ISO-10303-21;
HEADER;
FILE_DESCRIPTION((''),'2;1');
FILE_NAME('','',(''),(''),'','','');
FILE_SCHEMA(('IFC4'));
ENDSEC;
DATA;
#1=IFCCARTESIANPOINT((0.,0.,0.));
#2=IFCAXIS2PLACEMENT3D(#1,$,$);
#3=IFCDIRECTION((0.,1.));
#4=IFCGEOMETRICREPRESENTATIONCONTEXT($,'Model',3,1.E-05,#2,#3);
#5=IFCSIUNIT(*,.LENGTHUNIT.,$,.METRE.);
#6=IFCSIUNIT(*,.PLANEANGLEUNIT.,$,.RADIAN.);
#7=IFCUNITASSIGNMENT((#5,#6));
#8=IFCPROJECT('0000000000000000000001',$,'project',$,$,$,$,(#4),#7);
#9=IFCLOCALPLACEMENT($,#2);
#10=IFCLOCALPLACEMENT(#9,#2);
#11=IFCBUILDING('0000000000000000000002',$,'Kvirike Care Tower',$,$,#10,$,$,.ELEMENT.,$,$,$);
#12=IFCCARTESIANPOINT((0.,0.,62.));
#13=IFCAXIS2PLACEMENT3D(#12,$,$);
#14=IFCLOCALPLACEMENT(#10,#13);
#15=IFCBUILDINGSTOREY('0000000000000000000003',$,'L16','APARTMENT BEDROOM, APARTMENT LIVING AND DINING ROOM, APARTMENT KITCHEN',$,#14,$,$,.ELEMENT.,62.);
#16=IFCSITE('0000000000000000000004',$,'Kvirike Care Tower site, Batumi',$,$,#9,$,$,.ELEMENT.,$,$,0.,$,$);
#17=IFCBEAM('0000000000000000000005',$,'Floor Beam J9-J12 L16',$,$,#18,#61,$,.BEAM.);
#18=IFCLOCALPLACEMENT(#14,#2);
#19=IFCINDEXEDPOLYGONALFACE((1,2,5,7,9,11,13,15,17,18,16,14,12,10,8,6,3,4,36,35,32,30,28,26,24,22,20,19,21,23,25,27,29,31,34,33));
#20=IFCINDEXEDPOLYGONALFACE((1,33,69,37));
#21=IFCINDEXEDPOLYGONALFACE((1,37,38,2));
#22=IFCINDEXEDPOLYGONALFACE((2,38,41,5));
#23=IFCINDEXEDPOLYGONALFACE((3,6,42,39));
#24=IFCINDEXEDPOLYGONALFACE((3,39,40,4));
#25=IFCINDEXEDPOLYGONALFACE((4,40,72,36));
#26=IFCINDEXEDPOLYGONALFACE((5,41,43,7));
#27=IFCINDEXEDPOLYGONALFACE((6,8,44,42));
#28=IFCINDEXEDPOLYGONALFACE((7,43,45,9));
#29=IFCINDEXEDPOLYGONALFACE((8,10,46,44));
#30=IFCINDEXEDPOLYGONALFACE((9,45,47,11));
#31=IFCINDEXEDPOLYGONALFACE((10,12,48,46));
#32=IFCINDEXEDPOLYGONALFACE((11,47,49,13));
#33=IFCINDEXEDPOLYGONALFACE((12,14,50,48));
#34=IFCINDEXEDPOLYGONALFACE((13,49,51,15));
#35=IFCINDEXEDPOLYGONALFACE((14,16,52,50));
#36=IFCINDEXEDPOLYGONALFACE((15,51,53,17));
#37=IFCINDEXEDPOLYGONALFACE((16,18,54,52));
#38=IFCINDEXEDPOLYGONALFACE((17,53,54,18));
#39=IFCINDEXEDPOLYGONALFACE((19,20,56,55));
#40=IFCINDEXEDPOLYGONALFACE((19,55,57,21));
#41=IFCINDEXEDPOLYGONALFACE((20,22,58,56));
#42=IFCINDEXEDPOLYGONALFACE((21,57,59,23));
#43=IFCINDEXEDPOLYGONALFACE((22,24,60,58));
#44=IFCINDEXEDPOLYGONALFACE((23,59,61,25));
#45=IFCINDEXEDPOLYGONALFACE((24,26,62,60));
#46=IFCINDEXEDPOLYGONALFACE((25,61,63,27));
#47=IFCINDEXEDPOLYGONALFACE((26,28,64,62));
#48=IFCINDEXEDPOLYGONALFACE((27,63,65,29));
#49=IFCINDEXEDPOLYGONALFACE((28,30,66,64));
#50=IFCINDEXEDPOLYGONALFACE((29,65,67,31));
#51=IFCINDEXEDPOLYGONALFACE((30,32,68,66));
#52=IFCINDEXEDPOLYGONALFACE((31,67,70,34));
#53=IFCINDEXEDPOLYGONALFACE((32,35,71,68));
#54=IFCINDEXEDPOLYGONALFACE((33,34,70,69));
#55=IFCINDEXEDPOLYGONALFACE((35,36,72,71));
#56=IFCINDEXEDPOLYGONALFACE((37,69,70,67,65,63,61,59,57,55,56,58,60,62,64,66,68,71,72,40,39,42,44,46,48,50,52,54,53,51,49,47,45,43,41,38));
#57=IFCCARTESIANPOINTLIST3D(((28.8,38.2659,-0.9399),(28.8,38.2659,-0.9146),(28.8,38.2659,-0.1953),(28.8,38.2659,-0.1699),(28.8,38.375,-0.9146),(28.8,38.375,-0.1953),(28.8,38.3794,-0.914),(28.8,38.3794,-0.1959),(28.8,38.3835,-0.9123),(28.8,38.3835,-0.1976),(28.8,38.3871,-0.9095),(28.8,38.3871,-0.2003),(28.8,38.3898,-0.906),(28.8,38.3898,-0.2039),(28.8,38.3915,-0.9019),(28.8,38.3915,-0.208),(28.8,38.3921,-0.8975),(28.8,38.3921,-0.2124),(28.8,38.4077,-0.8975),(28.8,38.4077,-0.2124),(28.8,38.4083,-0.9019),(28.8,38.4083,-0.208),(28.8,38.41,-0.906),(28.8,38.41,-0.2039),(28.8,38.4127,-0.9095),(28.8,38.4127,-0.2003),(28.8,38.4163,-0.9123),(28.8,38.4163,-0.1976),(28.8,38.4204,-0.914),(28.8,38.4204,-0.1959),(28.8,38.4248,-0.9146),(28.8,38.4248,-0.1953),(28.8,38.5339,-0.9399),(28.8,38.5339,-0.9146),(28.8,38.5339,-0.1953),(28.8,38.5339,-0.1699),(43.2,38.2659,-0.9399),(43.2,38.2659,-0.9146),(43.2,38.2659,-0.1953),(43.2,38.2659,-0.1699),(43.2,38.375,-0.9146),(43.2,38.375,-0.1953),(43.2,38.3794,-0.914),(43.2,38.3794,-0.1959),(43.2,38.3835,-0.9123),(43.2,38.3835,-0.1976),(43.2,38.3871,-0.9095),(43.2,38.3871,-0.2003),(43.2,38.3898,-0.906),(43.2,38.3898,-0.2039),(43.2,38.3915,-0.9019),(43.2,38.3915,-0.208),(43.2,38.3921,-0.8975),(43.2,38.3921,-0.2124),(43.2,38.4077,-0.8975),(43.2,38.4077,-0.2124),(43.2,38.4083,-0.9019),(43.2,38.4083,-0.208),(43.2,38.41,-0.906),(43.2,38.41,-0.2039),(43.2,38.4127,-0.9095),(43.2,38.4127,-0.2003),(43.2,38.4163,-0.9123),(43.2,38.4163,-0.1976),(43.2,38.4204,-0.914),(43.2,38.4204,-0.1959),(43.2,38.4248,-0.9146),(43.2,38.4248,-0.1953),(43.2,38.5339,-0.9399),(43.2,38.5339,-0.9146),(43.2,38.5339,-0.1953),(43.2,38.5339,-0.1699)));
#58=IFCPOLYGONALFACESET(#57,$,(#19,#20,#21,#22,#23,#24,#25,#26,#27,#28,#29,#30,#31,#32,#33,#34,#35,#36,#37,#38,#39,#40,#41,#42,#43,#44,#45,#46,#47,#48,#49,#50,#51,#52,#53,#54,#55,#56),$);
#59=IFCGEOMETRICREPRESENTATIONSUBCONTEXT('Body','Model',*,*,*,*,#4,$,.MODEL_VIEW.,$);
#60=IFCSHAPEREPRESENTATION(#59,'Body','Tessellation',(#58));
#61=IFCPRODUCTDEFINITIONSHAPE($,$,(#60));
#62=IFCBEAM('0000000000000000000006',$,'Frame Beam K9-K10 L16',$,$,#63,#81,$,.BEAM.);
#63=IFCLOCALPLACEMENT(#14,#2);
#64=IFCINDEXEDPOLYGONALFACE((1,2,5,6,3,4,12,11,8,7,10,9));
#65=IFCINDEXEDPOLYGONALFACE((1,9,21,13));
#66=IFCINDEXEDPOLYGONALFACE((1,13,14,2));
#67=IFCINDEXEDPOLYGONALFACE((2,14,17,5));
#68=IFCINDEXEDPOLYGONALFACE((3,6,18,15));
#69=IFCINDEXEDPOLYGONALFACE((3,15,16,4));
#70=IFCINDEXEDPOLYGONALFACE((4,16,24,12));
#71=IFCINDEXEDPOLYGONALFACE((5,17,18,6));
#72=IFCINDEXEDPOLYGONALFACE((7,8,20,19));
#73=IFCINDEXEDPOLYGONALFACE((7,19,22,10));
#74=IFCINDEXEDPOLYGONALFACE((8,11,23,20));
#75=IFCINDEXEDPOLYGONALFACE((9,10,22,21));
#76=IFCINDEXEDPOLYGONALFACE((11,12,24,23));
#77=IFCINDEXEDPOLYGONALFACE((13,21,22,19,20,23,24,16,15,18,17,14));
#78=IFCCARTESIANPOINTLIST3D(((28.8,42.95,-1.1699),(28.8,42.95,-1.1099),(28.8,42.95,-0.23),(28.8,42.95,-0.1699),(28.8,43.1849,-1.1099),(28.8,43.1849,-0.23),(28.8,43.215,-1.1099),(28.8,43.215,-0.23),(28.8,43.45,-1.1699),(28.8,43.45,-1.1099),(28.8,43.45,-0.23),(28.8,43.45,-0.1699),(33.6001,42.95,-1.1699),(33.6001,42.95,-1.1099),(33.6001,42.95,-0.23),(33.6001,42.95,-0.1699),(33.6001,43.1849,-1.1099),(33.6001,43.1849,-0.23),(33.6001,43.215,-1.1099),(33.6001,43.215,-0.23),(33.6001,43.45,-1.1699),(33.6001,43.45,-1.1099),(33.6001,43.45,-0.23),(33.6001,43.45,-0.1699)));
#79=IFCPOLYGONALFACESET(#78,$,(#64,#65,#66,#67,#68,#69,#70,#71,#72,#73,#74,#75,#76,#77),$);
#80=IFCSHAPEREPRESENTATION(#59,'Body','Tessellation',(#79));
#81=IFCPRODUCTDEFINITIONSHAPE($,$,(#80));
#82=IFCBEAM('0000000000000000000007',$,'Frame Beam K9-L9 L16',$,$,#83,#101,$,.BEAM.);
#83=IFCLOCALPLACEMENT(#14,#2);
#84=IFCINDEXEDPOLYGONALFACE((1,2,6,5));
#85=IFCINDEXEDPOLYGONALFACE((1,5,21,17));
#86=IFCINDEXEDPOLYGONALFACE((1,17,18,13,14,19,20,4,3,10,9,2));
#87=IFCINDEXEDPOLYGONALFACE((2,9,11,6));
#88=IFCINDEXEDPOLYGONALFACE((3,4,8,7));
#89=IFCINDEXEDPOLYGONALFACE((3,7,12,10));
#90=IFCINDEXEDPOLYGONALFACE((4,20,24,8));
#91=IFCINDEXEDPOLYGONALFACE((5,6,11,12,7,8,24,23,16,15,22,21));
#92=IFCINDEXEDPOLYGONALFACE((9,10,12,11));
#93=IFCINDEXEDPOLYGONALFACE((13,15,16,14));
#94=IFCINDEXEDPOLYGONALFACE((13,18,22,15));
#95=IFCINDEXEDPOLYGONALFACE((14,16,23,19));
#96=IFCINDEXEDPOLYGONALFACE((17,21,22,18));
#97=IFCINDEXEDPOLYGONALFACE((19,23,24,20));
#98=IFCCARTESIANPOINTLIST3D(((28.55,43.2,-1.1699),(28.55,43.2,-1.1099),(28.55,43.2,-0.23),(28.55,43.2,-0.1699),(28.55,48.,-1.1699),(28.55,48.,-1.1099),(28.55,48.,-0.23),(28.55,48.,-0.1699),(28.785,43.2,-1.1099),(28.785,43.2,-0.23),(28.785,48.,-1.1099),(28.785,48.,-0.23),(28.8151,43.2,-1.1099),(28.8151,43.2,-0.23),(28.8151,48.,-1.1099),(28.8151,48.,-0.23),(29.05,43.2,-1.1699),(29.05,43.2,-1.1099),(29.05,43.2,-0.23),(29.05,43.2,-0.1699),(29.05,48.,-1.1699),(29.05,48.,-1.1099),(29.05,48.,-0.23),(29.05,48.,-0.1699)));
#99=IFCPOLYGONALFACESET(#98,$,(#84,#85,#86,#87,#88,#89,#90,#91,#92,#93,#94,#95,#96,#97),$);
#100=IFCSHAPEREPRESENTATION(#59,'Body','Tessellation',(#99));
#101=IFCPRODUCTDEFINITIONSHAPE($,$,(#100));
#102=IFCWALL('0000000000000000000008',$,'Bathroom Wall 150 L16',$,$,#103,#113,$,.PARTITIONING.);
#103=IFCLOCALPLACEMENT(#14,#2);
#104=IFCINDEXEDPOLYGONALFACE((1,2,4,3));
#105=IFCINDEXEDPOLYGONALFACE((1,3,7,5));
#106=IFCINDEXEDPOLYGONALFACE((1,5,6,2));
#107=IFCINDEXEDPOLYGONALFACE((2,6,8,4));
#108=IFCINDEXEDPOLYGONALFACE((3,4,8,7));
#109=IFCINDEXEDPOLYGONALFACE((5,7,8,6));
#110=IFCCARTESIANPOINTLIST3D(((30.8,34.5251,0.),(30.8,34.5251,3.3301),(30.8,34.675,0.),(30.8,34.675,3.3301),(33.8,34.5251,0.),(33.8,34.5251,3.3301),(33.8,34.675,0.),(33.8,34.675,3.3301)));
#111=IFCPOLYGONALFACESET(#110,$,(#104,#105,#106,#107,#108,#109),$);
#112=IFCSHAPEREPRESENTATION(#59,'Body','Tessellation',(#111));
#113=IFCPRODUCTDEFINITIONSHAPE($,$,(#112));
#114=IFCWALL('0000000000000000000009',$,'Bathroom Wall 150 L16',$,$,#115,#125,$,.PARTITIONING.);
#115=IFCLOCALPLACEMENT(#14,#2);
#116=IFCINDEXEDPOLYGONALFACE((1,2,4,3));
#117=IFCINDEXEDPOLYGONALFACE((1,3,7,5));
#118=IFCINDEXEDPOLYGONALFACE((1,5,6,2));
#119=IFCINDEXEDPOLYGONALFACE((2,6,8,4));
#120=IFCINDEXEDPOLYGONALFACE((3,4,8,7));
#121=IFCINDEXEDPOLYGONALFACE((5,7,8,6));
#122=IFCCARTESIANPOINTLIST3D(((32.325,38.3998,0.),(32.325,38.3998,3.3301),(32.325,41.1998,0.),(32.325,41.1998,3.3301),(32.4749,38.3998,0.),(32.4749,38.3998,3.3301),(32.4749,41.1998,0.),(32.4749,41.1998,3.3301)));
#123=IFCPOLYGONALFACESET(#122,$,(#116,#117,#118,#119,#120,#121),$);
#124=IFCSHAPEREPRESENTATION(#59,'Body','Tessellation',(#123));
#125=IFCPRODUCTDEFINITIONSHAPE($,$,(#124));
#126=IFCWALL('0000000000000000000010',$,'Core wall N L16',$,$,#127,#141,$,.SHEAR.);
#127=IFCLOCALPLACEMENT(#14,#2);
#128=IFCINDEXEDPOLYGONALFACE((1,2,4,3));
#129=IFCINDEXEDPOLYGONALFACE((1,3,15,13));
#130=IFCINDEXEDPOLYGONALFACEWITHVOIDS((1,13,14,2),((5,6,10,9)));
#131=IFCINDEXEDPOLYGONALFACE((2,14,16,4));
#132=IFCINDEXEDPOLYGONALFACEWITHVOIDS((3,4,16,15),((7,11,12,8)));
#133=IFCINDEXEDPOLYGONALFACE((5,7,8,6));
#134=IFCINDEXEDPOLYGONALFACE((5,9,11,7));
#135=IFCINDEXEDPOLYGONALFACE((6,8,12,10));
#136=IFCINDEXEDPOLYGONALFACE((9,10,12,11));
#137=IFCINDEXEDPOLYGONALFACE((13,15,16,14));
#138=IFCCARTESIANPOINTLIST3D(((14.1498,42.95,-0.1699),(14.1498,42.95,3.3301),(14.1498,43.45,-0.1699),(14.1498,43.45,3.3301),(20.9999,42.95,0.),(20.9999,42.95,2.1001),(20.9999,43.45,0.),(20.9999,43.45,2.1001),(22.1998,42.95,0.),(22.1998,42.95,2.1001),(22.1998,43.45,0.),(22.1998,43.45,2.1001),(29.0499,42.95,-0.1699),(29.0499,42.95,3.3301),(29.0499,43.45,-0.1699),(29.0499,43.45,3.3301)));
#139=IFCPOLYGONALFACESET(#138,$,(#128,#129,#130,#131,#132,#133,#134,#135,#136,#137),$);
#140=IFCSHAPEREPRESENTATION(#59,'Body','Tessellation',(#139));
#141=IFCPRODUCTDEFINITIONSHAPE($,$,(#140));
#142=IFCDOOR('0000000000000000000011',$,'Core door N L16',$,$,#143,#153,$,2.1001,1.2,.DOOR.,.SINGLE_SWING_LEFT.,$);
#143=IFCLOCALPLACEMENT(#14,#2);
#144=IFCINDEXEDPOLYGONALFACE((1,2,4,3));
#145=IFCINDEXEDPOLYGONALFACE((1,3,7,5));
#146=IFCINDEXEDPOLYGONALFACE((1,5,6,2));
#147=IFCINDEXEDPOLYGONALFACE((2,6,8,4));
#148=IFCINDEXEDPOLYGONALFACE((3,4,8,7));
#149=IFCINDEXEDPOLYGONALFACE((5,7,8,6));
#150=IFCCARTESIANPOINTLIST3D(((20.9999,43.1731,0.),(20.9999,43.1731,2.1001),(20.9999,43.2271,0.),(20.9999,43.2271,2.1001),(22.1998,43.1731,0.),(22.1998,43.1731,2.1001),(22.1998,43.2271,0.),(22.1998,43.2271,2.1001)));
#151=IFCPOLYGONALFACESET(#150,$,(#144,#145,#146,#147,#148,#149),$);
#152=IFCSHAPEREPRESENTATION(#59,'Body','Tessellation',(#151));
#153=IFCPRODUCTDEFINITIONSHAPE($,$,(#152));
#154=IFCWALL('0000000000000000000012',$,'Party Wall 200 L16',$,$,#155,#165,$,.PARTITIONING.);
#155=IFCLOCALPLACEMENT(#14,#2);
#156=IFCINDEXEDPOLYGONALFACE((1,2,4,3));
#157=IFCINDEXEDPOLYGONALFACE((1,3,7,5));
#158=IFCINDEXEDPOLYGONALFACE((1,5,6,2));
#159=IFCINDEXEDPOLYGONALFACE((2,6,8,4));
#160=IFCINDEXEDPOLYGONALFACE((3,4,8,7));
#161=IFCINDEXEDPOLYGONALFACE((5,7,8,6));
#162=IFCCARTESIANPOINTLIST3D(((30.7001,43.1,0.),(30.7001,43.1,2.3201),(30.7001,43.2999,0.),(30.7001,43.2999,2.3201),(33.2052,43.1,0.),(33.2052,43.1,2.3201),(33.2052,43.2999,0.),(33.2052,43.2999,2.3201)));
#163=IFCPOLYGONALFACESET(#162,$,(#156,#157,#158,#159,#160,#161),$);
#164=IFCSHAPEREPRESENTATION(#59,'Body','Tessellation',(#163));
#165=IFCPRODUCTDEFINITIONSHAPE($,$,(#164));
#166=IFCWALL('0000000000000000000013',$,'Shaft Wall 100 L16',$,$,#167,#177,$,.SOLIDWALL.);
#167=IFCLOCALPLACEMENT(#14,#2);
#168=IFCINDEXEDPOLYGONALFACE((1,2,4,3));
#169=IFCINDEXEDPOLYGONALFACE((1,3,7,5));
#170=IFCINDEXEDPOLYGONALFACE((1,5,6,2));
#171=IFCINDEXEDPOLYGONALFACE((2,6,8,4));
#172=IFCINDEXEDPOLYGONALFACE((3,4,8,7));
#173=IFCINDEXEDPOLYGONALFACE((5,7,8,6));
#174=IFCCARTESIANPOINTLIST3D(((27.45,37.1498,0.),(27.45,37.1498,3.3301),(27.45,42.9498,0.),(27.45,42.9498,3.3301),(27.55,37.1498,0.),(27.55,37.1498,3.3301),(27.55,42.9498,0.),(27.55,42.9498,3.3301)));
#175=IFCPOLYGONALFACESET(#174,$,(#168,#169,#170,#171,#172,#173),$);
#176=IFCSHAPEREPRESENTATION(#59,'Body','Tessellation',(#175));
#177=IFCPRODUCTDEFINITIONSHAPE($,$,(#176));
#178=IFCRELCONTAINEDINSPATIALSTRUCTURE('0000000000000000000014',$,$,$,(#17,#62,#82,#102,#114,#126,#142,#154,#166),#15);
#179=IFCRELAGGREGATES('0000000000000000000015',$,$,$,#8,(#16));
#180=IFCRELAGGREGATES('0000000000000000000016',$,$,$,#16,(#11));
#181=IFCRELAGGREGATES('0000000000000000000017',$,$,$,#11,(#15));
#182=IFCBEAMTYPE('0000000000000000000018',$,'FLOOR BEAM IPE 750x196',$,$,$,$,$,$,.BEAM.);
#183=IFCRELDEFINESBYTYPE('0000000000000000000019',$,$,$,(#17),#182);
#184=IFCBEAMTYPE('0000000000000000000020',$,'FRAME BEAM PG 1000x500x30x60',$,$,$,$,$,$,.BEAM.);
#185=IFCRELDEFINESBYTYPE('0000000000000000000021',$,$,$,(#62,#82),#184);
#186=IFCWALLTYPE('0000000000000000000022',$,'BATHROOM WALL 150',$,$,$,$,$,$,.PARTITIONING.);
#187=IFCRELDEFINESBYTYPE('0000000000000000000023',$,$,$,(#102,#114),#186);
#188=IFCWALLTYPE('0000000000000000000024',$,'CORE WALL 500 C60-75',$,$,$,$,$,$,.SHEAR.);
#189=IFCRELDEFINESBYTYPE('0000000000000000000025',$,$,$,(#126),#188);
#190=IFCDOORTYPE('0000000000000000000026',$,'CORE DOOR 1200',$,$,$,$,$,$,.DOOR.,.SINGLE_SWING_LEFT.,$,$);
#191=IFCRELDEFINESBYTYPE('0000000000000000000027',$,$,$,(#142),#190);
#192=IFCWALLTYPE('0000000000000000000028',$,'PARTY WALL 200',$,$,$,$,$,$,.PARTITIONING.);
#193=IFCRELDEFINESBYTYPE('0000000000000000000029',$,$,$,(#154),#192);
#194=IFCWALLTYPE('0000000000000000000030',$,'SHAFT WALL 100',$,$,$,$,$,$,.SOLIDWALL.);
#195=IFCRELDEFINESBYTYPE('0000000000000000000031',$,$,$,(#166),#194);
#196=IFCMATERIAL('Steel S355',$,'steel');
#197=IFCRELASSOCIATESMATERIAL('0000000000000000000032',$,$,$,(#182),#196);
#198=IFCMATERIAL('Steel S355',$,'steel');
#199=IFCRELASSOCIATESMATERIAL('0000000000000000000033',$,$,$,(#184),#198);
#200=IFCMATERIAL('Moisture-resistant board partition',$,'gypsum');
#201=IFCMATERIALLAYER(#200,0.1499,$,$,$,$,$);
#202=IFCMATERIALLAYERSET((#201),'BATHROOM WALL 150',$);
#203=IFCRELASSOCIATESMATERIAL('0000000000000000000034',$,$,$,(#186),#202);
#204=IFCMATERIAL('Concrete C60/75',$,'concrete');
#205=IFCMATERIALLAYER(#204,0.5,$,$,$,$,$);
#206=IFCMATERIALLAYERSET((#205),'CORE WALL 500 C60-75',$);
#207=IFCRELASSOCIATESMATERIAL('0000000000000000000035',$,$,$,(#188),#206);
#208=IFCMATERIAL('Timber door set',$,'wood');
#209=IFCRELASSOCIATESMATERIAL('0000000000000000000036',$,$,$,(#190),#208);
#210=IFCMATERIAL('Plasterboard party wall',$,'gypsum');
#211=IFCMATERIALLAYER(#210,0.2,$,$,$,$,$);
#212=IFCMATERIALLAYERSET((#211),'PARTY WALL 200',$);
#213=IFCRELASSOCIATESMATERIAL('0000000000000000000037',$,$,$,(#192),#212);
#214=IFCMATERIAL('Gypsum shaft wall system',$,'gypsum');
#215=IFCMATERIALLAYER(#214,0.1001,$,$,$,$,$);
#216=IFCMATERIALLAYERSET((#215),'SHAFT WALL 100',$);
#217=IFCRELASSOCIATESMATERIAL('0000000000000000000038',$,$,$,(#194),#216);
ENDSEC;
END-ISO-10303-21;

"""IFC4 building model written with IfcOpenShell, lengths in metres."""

from ifc_helpers import new_model, si_unit, direction, frame, frame_2d, origin, origin_2d, place, context, subcontext, project, spatial, rectangle, i_section, extrude, material, layer, layer_set, material_profile, profile_set, type_object, element, fill, save


model = new_model("IFC4")

# Units and contexts
model_context = context("Model", 3, precision=1e-05, world=origin(), true_north=direction((0.0, 1.0)))
body_context = subcontext(model_context, "Body", "Model", "MODEL_VIEW")
ifc_project = project(units=[si_unit("LENGTHUNIT", "METRE"), si_unit("PLANEANGLEUNIT", "RADIAN")], contexts=[model_context])

# Site, building, storey
site_placement = place(None, origin())
site = spatial("IfcSite", under=ifc_project, at=site_placement, Name="Kvirike Care Tower site, Batumi", CompositionType="ELEMENT", RefElevation=0.0)
building_placement = place(site_placement, origin())
building = spatial("IfcBuilding", under=site, at=building_placement, Name="Kvirike Care Tower", CompositionType="ELEMENT")
storey_placement = place(building_placement, frame((0.0, 0.0, 62.0)))
storey = spatial("IfcBuildingStorey", under=building, at=storey_placement, Name="L16", Description="APARTMENT BEDROOM, APARTMENT LIVING AND DINING ROOM, APARTMENT KITCHEN", CompositionType="ELEMENT", Elevation=62.0)

# Beams
ifc_material_1 = material(Name="Steel S355", Category="steel")
ifc_material_profile_1 = material_profile(ifc_material_1, i_section(OverallWidth=0.2681, OverallDepth=0.77, WebThickness=0.0156, FlangeThickness=0.0254, FilletRadius=0.0171, at=origin_2d()), Name="IPE 750x196")
ifc_profile_set_1 = profile_set([ifc_material_profile_1], Name="Steel S355")
beam_type_1 = type_object("IfcBeamType", Name="FLOOR BEAM IPE 750x196", PredefinedType="BEAM", material=ifc_profile_set_1)
beam_placement = place(storey_placement, frame((28.8, 38.3999, -0.5549), z_axis=(1.0, 0.0, 0.0), x_axis=(0.0, 1.0, 0.0)))
element("IfcBeam", 1, at=beam_placement, inside=storey, type_object=beam_type_1, Name="Floor Beam J9-J12 L16", PredefinedType="BEAM", context=body_context, shape_type="SweptSolid", body=[
    extrude(i_section(OverallWidth=0.2681, OverallDepth=0.77, WebThickness=0.0156, FlangeThickness=0.0254, FilletRadius=0.0171, at=origin_2d()), origin(), (0.0, 0.0, 1.0), 14.3999),
])
ifc_material_2 = material(Name="Steel S355", Category="steel")
ifc_material_profile_2 = material_profile(ifc_material_2, i_section(OverallWidth=0.5, OverallDepth=1.0, WebThickness=0.03, FlangeThickness=0.0601, at=origin_2d()), Name="PG 1000x500x30x60")
ifc_profile_set_2 = profile_set([ifc_material_profile_2], Name="Steel S355")
beam_type_2 = type_object("IfcBeamType", Name="FRAME BEAM PG 1000x500x30x60", PredefinedType="BEAM", material=ifc_profile_set_2)
for number, where, z_axis, x_axis, name in (
    (2, (28.8, 43.2, -0.6699), (1.0, 0.0, 0.0), (0.0, 1.0, 0.0), "Frame Beam K9-K10 L16"),
    (3, (28.8, 43.2, -0.6699), (0.0, 1.0, 0.0), (-1.0, 0.0, 0.0), "Frame Beam K9-L9 L16"),
):
    element("IfcBeam", number, at=place(storey_placement, frame(where, z_axis=z_axis, x_axis=x_axis)), inside=storey, type_object=beam_type_2, Name=name, PredefinedType="BEAM", context=body_context, shape_type="SweptSolid", body=[
        extrude(i_section(OverallWidth=0.5, OverallDepth=1.0, WebThickness=0.03, FlangeThickness=0.0601, at=origin_2d()), origin(), (0.0, 0.0, 1.0), 4.8),
    ])

# Walls
ifc_material_3 = material(Name="Moisture-resistant board partition", Category="gypsum")
ifc_layer_1 = layer(ifc_material_3, 0.1499)
ifc_layer_set_1 = layer_set([ifc_layer_1], Name="BATHROOM WALL 150")
wall_type_1 = type_object("IfcWallType", Name="BATHROOM WALL 150", PredefinedType="PARTITIONING", material=ifc_layer_set_1)
wall_1_placement = place(storey_placement, frame((33.8, 34.6001, 0.0), z_axis=(0.0, 0.0, 1.0), x_axis=(-1.0, 0.0, 0.0)))
element("IfcWall", 4, at=wall_1_placement, inside=storey, type_object=wall_type_1, Name="Bathroom Wall 150 L16", PredefinedType="PARTITIONING", context=body_context, shape_type="SweptSolid", body=[
    extrude(rectangle(XDim=3.0, YDim=0.1499, at=frame_2d((1.5, 0.0))), origin(), (0.0, 0.0, 1.0), 3.3301),
])
wall_2_placement = place(storey_placement, frame((32.3999, 38.3999, 0.0), z_axis=(0.0, 0.0, 1.0), x_axis=(0.0, 1.0, 0.0)))
element("IfcWall", 5, at=wall_2_placement, inside=storey, type_object=wall_type_1, Name="Bathroom Wall 150 L16", PredefinedType="PARTITIONING", context=body_context, shape_type="SweptSolid", body=[
    extrude(rectangle(XDim=2.8, YDim=0.1499, at=frame_2d((1.3999, 0.0))), origin(), (0.0, 0.0, 1.0), 3.3301),
])

# Wall, opening, door
ifc_material_4 = material(Name="Concrete C60/75", Category="concrete")
ifc_layer_2 = layer(ifc_material_4, 0.5)
ifc_layer_set_2 = layer_set([ifc_layer_2], Name="CORE WALL 500 C60-75")
wall_type_2 = type_object("IfcWallType", Name="CORE WALL 500 C60-75", PredefinedType="SHEAR", material=ifc_layer_set_2)
wall_3_placement = place(storey_placement, frame((29.05, 43.2, -0.1699), z_axis=(0.0, 0.0, 1.0), x_axis=(-1.0, 0.0, 0.0)))
wall_3 = element("IfcWall", 6, at=wall_3_placement, inside=storey, type_object=wall_type_2, Name="Core wall N L16", PredefinedType="SHEAR", context=body_context, shape_type="SweptSolid", body=[
    extrude(rectangle(XDim=14.9001, YDim=0.5, at=frame_2d((7.4502, 0.0))), origin(), (0.0, 0.0, 1.0), 3.5),
])
opening_1_placement = place(wall_3_placement, frame((6.8501, 0.0, 0.1699)))
opening_1 = element("IfcOpeningElement", 7, at=opening_1_placement, cuts=wall_3, PredefinedType="OPENING", context=body_context, shape_type="SweptSolid", body=[
    extrude(rectangle(XDim=1.2, YDim=2.1001, at=frame_2d((0.6001, 1.05))), frame((0.0, 0.2605, 0.0), z_axis=(0.0, -1.0, 0.0), x_axis=(1.0, 0.0, 0.0)), (0.0, 0.0, 1.0), 0.521),
])
ifc_material_5 = material(Name="Timber door set", Category="wood")
door_type_1 = type_object("IfcDoorType", Name="CORE DOOR 1200", OperationType="SINGLE_SWING_LEFT", PredefinedType="DOOR", material=ifc_material_5)
door_1_placement = place(opening_1_placement, origin())
door_1 = element("IfcDoor", 8, at=door_1_placement, inside=storey, type_object=door_type_1, Name="Core door N L16", OperationType="SINGLE_SWING_LEFT", OverallHeight=2.1001, OverallWidth=1.2, PredefinedType="DOOR", context=body_context, shape_type="SweptSolid", body=[
    extrude(rectangle(XDim=1.2, YDim=2.1001, at=frame_2d((0.6001, 1.05))), frame((0.0, 0.0269, 0.0), z_axis=(0.0, -1.0, 0.0), x_axis=(1.0, 0.0, 0.0)), (0.0, 0.0, 1.0), 0.054),
])
fill(opening_1, door_1)

# Walls
ifc_material_6 = material(Name="Plasterboard party wall", Category="gypsum")
ifc_layer_3 = layer(ifc_material_6, 0.2)
ifc_layer_set_3 = layer_set([ifc_layer_3], Name="PARTY WALL 200")
wall_type_3 = type_object("IfcWallType", Name="PARTY WALL 200", PredefinedType="PARTITIONING", material=ifc_layer_set_3)
wall_4_placement = place(storey_placement, frame((33.2051, 43.2, 0.0), z_axis=(0.0, 0.0, 1.0), x_axis=(-1.0, 0.0, 0.0)))
element("IfcWall", 9, at=wall_4_placement, inside=storey, type_object=wall_type_3, Name="Party Wall 200 L16", PredefinedType="PARTITIONING", context=body_context, shape_type="SweptSolid", body=[
    extrude(rectangle(XDim=2.5051, YDim=0.2, at=frame_2d((1.2524, 0.0))), origin(), (0.0, 0.0, 1.0), 2.3201),
])
ifc_material_7 = material(Name="Gypsum shaft wall system", Category="gypsum")
ifc_layer_4 = layer(ifc_material_7, 0.1001)
ifc_layer_set_4 = layer_set([ifc_layer_4], Name="SHAFT WALL 100")
wall_type_4 = type_object("IfcWallType", Name="SHAFT WALL 100", PredefinedType="SOLIDWALL", material=ifc_layer_set_4)
wall_5_placement = place(storey_placement, frame((27.5, 37.1499, 0.0), z_axis=(0.0, 0.0, 1.0), x_axis=(0.0, 1.0, 0.0)))
element("IfcWall", 10, at=wall_5_placement, inside=storey, type_object=wall_type_4, Name="Shaft Wall 100 L16", PredefinedType="SOLIDWALL", context=body_context, shape_type="SweptSolid", body=[
    extrude(rectangle(XDim=5.8, YDim=0.1001, at=frame_2d((2.8999, 0.0))), origin(), (0.0, 0.0, 1.0), 3.3301),
])

save(model, "model.ifc")
